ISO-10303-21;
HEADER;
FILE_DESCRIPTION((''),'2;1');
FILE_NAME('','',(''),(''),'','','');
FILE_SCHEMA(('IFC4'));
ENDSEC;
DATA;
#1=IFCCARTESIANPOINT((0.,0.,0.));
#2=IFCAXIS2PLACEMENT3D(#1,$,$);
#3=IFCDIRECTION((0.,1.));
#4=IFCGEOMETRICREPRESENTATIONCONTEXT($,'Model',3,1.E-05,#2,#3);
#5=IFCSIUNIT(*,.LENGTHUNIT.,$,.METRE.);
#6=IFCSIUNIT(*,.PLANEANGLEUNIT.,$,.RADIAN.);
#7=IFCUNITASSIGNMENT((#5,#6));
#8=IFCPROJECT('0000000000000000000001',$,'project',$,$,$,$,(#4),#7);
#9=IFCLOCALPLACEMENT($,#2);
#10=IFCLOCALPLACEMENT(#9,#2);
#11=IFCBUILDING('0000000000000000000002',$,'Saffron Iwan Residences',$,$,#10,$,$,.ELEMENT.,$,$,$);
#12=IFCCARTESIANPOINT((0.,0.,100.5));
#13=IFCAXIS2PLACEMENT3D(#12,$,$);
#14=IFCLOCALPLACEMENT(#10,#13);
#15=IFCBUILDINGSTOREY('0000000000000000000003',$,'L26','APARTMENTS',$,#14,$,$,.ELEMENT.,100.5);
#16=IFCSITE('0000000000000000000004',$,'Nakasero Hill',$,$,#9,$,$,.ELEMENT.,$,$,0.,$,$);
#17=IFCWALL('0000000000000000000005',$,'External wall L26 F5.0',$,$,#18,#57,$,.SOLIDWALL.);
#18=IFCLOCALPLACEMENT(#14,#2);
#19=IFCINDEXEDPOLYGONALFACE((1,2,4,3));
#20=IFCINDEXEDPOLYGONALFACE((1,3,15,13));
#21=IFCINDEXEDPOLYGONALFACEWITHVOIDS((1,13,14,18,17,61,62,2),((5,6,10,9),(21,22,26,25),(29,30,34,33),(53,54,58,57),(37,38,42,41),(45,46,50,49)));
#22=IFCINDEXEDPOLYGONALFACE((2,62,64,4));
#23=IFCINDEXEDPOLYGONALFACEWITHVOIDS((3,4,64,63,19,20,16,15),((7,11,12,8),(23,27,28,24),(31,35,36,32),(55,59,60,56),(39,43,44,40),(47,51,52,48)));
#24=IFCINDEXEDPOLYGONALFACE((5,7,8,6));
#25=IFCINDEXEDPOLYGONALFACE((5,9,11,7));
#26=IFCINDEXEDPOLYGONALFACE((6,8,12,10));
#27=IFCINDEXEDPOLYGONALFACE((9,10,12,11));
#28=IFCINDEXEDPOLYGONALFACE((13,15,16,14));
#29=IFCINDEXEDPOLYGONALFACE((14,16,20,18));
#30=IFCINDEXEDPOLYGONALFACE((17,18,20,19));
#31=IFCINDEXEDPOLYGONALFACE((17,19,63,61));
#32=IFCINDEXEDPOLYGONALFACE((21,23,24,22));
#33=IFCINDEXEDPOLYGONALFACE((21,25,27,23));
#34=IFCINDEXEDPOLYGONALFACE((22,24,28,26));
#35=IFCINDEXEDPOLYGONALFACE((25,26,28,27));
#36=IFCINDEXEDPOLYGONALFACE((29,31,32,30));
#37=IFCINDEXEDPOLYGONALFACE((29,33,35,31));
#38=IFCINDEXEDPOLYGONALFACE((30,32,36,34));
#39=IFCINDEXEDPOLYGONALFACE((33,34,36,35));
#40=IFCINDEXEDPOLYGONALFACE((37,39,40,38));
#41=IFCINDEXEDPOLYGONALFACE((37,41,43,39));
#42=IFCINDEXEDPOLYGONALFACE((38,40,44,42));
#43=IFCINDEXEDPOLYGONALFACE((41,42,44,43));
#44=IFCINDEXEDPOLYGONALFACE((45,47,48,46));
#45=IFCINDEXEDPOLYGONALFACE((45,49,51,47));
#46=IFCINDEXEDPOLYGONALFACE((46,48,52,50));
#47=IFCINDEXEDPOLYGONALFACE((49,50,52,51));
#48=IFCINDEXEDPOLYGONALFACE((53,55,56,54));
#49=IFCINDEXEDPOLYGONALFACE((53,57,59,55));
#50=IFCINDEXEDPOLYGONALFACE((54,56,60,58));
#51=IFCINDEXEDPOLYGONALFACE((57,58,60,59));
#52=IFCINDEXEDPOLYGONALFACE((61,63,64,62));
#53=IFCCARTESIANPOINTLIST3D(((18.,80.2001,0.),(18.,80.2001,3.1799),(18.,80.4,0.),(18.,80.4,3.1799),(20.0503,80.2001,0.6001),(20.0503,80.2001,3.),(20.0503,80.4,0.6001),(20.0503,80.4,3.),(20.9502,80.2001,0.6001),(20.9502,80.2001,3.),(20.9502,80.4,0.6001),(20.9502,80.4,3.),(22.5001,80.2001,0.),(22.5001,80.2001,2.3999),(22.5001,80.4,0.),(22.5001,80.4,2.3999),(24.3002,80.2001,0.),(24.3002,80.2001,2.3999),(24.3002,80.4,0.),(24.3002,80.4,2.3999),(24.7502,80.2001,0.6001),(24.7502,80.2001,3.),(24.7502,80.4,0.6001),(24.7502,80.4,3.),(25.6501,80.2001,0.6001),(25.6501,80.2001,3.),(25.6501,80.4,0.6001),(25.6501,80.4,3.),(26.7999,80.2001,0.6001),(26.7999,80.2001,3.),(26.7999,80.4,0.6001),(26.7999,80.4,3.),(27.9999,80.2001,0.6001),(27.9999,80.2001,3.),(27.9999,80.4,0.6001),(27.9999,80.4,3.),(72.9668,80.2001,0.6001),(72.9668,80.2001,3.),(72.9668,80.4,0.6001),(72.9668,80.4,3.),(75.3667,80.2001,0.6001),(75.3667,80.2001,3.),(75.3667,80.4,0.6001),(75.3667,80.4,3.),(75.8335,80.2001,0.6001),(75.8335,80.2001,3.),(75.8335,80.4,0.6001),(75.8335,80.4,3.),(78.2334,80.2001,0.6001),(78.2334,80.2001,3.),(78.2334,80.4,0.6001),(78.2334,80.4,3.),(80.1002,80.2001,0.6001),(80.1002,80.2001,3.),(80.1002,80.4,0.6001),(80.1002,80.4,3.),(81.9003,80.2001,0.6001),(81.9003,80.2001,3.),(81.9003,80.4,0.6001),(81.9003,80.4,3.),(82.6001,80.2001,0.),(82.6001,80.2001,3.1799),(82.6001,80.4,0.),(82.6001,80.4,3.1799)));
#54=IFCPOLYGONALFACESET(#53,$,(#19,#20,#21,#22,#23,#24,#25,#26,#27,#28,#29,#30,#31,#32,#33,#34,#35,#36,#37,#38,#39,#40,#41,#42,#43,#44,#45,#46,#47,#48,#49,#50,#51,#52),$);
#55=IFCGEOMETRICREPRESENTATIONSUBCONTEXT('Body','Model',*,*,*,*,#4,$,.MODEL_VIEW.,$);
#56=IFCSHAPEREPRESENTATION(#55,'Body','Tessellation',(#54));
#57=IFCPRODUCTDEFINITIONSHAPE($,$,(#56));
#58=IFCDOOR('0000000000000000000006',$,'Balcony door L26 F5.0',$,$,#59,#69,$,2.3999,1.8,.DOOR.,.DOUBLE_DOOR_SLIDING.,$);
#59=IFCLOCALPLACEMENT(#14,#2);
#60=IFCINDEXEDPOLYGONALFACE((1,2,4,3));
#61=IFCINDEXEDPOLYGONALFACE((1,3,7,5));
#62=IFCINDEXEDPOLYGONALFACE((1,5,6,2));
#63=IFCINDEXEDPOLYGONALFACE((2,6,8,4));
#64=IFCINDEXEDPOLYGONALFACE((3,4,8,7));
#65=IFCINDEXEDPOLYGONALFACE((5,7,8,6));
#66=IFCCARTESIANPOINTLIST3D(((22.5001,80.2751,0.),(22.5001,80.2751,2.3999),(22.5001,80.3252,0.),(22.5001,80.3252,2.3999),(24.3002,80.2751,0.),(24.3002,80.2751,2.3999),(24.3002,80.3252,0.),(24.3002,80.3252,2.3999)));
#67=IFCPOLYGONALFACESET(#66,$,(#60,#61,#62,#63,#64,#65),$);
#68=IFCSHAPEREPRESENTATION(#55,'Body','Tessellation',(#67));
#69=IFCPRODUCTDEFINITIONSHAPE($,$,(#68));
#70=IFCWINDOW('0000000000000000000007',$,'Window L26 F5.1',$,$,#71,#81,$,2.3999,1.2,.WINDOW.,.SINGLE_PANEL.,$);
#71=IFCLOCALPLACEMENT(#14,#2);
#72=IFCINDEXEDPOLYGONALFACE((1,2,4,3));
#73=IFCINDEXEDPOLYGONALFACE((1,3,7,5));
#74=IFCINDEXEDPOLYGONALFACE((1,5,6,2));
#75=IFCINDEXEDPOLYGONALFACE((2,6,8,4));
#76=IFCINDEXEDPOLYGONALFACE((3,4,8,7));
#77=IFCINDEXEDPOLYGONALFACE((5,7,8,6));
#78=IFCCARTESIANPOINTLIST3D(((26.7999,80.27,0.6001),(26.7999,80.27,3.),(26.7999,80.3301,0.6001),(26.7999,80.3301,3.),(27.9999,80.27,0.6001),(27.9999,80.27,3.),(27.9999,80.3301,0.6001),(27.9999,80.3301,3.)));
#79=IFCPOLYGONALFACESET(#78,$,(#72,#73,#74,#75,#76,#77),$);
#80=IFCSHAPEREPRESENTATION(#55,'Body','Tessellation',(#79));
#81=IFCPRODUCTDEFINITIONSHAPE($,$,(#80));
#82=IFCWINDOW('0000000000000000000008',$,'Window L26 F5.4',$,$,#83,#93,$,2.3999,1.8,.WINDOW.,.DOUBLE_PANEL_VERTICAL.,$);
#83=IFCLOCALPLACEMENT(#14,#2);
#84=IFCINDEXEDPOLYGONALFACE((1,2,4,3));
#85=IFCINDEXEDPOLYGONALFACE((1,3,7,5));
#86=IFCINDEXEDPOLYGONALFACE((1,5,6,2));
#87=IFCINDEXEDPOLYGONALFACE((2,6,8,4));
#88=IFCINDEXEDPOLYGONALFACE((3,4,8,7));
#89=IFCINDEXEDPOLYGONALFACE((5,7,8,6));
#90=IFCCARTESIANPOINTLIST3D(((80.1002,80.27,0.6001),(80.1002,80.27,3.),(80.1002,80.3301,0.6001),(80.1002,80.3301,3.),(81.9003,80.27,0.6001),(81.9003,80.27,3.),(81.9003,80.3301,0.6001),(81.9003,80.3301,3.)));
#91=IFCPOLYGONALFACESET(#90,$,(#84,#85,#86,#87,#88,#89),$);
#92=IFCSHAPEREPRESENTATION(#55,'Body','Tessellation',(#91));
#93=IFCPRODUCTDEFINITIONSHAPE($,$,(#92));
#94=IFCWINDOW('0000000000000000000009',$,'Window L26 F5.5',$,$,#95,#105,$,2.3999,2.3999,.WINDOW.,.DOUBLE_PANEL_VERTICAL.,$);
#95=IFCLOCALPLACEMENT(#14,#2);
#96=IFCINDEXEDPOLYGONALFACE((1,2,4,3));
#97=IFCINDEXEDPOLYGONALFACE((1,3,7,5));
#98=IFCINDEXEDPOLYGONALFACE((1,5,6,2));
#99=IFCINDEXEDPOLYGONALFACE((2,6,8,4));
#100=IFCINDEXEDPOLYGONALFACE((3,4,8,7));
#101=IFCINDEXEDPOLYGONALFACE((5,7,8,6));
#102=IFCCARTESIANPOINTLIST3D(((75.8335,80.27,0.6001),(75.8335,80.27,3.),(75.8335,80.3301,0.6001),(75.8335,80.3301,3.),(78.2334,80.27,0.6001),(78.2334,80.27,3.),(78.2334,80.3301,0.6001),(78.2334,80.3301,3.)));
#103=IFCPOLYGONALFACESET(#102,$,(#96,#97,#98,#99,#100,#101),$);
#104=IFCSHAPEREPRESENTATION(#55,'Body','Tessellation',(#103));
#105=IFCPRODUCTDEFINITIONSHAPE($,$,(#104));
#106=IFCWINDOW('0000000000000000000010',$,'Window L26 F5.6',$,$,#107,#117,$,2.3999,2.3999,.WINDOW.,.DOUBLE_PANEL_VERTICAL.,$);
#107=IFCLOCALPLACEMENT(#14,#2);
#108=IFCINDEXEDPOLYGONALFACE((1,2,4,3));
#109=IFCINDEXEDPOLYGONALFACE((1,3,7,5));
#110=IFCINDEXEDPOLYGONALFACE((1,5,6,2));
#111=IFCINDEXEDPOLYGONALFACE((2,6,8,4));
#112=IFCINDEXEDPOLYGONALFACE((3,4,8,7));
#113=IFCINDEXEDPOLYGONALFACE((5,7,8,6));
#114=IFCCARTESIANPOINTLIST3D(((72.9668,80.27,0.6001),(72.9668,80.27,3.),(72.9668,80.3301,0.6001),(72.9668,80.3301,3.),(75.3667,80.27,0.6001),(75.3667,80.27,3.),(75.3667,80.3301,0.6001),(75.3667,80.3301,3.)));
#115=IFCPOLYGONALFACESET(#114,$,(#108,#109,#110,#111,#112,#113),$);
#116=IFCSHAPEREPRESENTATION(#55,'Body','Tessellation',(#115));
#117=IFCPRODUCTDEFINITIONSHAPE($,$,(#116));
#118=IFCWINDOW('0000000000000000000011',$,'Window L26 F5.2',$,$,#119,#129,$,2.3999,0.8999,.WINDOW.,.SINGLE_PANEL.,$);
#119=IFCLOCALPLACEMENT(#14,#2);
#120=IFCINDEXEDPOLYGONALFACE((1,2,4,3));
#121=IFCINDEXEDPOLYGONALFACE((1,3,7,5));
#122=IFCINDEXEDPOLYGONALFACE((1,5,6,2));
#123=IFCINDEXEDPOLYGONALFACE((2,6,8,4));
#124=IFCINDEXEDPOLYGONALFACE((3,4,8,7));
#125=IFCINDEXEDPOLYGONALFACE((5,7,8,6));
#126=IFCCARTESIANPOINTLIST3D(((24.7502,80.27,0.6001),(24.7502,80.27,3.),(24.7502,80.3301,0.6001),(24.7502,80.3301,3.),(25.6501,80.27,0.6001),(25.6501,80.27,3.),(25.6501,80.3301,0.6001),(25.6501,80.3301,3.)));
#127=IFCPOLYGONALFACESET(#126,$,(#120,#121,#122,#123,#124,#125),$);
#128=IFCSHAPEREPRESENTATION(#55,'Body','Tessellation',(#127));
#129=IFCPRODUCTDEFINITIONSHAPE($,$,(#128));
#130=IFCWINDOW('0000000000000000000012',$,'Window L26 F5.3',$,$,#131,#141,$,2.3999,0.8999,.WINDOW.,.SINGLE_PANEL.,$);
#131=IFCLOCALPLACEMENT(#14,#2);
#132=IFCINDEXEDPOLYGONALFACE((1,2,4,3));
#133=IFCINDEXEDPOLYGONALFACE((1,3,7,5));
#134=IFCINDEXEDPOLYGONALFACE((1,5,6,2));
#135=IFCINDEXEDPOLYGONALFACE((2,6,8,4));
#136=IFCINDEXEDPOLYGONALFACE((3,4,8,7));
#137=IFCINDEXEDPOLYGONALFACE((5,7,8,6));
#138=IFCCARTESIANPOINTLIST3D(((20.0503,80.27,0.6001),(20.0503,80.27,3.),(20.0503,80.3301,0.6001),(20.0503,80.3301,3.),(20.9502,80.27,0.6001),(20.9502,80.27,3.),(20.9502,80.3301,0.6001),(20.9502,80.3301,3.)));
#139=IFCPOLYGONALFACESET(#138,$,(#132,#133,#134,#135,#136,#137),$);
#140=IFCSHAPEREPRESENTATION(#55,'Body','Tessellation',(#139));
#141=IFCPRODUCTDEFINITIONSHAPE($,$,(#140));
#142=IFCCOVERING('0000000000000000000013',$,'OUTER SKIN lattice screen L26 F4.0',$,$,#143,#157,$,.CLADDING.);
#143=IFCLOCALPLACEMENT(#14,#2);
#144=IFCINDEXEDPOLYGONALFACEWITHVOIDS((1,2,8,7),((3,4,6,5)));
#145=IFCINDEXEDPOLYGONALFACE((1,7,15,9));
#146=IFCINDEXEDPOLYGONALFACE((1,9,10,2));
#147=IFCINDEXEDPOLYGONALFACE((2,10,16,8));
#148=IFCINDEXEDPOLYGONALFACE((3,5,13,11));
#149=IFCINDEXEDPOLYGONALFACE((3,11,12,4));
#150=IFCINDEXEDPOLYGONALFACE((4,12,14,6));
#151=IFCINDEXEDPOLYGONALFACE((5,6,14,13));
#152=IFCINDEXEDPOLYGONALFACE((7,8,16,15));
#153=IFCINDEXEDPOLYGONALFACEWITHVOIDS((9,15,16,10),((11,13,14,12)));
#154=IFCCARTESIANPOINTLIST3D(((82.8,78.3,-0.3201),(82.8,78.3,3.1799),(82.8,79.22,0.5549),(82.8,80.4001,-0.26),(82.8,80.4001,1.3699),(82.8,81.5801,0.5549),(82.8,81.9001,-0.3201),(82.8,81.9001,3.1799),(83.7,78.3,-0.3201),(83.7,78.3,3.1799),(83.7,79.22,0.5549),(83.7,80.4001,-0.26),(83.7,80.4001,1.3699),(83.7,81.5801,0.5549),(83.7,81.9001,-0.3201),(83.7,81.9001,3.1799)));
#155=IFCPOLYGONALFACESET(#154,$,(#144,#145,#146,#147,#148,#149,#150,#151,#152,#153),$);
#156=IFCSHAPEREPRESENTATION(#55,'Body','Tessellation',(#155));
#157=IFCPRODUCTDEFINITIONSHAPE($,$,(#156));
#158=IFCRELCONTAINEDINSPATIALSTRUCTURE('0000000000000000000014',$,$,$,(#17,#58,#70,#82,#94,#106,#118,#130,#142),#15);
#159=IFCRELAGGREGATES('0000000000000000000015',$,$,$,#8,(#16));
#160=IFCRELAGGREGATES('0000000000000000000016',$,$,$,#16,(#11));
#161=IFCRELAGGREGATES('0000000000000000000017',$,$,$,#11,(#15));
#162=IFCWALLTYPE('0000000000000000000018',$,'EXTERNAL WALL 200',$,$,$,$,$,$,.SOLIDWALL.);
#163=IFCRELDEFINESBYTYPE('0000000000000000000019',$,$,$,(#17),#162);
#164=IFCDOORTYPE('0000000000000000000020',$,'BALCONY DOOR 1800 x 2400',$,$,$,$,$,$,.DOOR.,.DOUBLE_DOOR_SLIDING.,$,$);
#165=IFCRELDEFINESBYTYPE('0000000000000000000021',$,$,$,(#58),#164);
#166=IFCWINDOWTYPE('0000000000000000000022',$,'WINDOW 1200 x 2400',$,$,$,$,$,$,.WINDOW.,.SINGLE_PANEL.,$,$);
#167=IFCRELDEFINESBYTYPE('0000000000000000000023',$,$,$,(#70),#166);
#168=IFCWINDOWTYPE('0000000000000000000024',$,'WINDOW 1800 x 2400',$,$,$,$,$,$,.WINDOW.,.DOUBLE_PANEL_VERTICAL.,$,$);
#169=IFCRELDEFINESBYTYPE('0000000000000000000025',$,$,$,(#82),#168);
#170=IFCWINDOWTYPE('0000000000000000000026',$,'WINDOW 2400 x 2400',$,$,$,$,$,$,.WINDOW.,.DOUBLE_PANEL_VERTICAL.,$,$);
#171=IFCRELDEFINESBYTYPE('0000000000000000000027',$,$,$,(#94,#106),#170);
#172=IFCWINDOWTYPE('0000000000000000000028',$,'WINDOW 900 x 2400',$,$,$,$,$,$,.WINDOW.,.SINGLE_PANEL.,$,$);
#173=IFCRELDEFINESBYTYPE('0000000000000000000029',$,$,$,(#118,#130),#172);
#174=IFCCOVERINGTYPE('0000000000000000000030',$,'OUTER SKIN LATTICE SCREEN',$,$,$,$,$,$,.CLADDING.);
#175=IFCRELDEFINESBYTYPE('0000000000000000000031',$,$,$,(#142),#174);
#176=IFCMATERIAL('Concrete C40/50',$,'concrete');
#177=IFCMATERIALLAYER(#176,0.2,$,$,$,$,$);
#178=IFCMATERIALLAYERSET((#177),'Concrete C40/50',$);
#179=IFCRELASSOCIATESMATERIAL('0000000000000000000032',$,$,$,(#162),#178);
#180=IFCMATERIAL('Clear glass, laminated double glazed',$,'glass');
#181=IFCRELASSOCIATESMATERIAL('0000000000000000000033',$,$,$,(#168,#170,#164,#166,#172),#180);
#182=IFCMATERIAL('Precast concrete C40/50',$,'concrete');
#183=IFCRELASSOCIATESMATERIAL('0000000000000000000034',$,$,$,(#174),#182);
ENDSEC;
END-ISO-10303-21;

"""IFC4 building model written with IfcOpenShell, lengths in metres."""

from ifc_helpers import new_model, si_unit, direction, frame, frame_2d, origin, place, context, subcontext, project, spatial, polyline, rectangle, outline, extrude, material, layer, layer_set, type_object, element, fill, save


model = new_model("IFC4")

# Units and contexts
model_context = context("Model", 3, precision=1e-05, world=origin(), true_north=direction((0.0, 1.0)))
body_context = subcontext(model_context, "Body", "Model", "MODEL_VIEW")
ifc_project = project(units=[si_unit("LENGTHUNIT", "METRE"), si_unit("PLANEANGLEUNIT", "RADIAN")], contexts=[model_context])

# Site, building, storey
site_placement = place(None, origin())
site = spatial("IfcSite", under=ifc_project, at=site_placement, Name="Nakasero Hill", CompositionType="ELEMENT", RefElevation=0.0)
building_placement = place(site_placement, origin())
building = spatial("IfcBuilding", under=site, at=building_placement, Name="Saffron Iwan Residences", CompositionType="ELEMENT")
storey_placement = place(building_placement, frame((0.0, 0.0, 100.5)))
storey = spatial("IfcBuildingStorey", under=building, at=storey_placement, Name="L26", Description="APARTMENTS", CompositionType="ELEMENT", Elevation=100.5)

# Shared definitions
ifc_material_1 = material(Name="Concrete C40/50", Category="concrete")
ifc_layer = layer(ifc_material_1, 0.2)
ifc_layer_set = layer_set([ifc_layer], Name="Concrete C40/50")
wall_type = type_object("IfcWallType", Name="EXTERNAL WALL 200", PredefinedType="SOLIDWALL", material=ifc_layer_set)
ifc_material_2 = material(Name="Clear glass, laminated double glazed", Category="glass")
window_type_1 = type_object("IfcWindowType", Name="WINDOW 1800 x 2400", PartitioningType="DOUBLE_PANEL_VERTICAL", PredefinedType="WINDOW", material=ifc_material_2)
window_type_2 = type_object("IfcWindowType", Name="WINDOW 2400 x 2400", PartitioningType="DOUBLE_PANEL_VERTICAL", PredefinedType="WINDOW", material=ifc_material_2)

# Wall, openings, door, windows
wall_1_placement = place(storey_placement, frame((82.6001, 80.3, 0.0), z_axis=(0.0, 0.0, 1.0), x_axis=(-1.0, 0.0, 0.0)))
wall_1 = element("IfcWall", 1, at=wall_1_placement, inside=storey, type_object=wall_type, Name="External wall L26 F5.0", PredefinedType="SOLIDWALL", context=body_context, shape_type="SweptSolid", body=[
    extrude(rectangle(XDim=64.6001, YDim=0.2, at=frame_2d((32.3, 0.0))), origin(), (0.0, 0.0, 1.0), 3.1799),
])
opening_1_placement = place(wall_1_placement, frame((58.3, 0.0, 0.0)))
opening_1 = element("IfcOpeningElement", 2, at=opening_1_placement, cuts=wall_1, PredefinedType="OPENING", context=body_context, shape_type="SweptSolid", body=[
    extrude(rectangle(XDim=1.8, YDim=2.3999, at=frame_2d((0.8999, 1.2))), frame((0.0, 0.1099, 0.0), z_axis=(0.0, -1.0, 0.0), x_axis=(1.0, 0.0, 0.0)), (0.0, 0.0, 1.0), 0.22),
])
opening_2_placement = place(wall_1_placement, frame((54.6001, 0.0, 0.6001)))
opening_2 = element("IfcOpeningElement", 3, at=opening_2_placement, cuts=wall_1, PredefinedType="OPENING", context=body_context, shape_type="SweptSolid", body=[
    extrude(rectangle(XDim=1.2, YDim=2.3999, at=frame_2d((0.6001, 1.2))), frame((0.0, 0.1099, 0.0), z_axis=(0.0, -1.0, 0.0), x_axis=(1.0, 0.0, 0.0)), (0.0, 0.0, 1.0), 0.22),
])
opening_3_placement = place(wall_1_placement, frame((56.95, 0.0, 0.6001)))
opening_3 = element("IfcOpeningElement", 4, at=opening_3_placement, cuts=wall_1, PredefinedType="OPENING", context=body_context, shape_type="SweptSolid", body=[
    extrude(rectangle(XDim=0.8999, YDim=2.3999, at=frame_2d((0.45, 1.2))), frame((0.0, 0.1099, 0.0), z_axis=(0.0, -1.0, 0.0), x_axis=(1.0, 0.0, 0.0)), (0.0, 0.0, 1.0), 0.22),
])
opening_4_placement = place(wall_1_placement, frame((61.6499, 0.0, 0.6001)))
opening_4 = element("IfcOpeningElement", 5, at=opening_4_placement, cuts=wall_1, PredefinedType="OPENING", context=body_context, shape_type="SweptSolid", body=[
    extrude(rectangle(XDim=0.8999, YDim=2.3999, at=frame_2d((0.45, 1.2))), frame((0.0, 0.1099, 0.0), z_axis=(0.0, -1.0, 0.0), x_axis=(1.0, 0.0, 0.0)), (0.0, 0.0, 1.0), 0.22),
])
opening_5_placement = place(wall_1_placement, frame((0.7, 0.0, 0.6001)))
opening_5 = element("IfcOpeningElement", 6, at=opening_5_placement, cuts=wall_1, PredefinedType="OPENING", context=body_context, shape_type="SweptSolid", body=[
    extrude(rectangle(XDim=1.8, YDim=2.3999, at=frame_2d((0.8999, 1.2))), frame((0.0, 0.1099, 0.0), z_axis=(0.0, -1.0, 0.0), x_axis=(1.0, 0.0, 0.0)), (0.0, 0.0, 1.0), 0.22),
])
opening_6_placement = place(wall_1_placement, frame((4.3667, 0.0, 0.6001)))
opening_6 = element("IfcOpeningElement", 7, at=opening_6_placement, cuts=wall_1, PredefinedType="OPENING", context=body_context, shape_type="SweptSolid", body=[
    extrude(rectangle(XDim=2.3999, YDim=2.3999, at=frame_2d((1.2, 1.2))), frame((0.0, 0.1099, 0.0), z_axis=(0.0, -1.0, 0.0), x_axis=(1.0, 0.0, 0.0)), (0.0, 0.0, 1.0), 0.22),
])
opening_7_placement = place(wall_1_placement, frame((7.2334, 0.0, 0.6001)))
opening_7 = element("IfcOpeningElement", 8, at=opening_7_placement, cuts=wall_1, PredefinedType="OPENING", context=body_context, shape_type="SweptSolid", body=[
    extrude(rectangle(XDim=2.3999, YDim=2.3999, at=frame_2d((1.2, 1.2))), frame((0.0, 0.1099, 0.0), z_axis=(0.0, -1.0, 0.0), x_axis=(1.0, 0.0, 0.0)), (0.0, 0.0, 1.0), 0.22),
])
door_type = type_object("IfcDoorType", Name="BALCONY DOOR 1800 x 2400", OperationType="DOUBLE_DOOR_SLIDING", PredefinedType="DOOR", material=ifc_material_2)
door_placement = place(opening_1_placement, origin())
door = element("IfcDoor", 9, at=door_placement, inside=storey, type_object=door_type, Name="Balcony door L26 F5.0", OperationType="DOUBLE_DOOR_SLIDING", OverallHeight=2.3999, OverallWidth=1.8, PredefinedType="DOOR", context=body_context, shape_type="SweptSolid", body=[
    extrude(rectangle(XDim=1.8, YDim=2.3999, at=frame_2d((0.8999, 1.2))), frame((0.0, 0.0249, 0.0), z_axis=(0.0, -1.0, 0.0), x_axis=(1.0, 0.0, 0.0)), (0.0, 0.0, 1.0), 0.05),
])
fill(opening_1, door)
window_type_3 = type_object("IfcWindowType", Name="WINDOW 1200 x 2400", PartitioningType="SINGLE_PANEL", PredefinedType="WINDOW", material=ifc_material_2)
window_1_placement = place(opening_2_placement, origin())
window_1 = element("IfcWindow", 10, at=window_1_placement, inside=storey, type_object=window_type_3, Name="Window L26 F5.1", OverallHeight=2.3999, OverallWidth=1.2, PartitioningType="SINGLE_PANEL", PredefinedType="WINDOW", context=body_context, shape_type="SweptSolid", body=[
    extrude(rectangle(XDim=1.2, YDim=2.3999, at=frame_2d((0.6001, 1.2))), frame((0.0, 0.03, 0.0), z_axis=(0.0, -1.0, 0.0), x_axis=(1.0, 0.0, 0.0)), (0.0, 0.0, 1.0), 0.0601),
])
fill(opening_2, window_1)
window_2_placement = place(opening_5_placement, origin())
window_2 = element("IfcWindow", 11, at=window_2_placement, inside=storey, type_object=window_type_1, Name="Window L26 F5.4", OverallHeight=2.3999, OverallWidth=1.8, PartitioningType="DOUBLE_PANEL_VERTICAL", PredefinedType="WINDOW", context=body_context, shape_type="SweptSolid", body=[
    extrude(rectangle(XDim=1.8, YDim=2.3999, at=frame_2d((0.8999, 1.2))), frame((0.0, 0.03, 0.0), z_axis=(0.0, -1.0, 0.0), x_axis=(1.0, 0.0, 0.0)), (0.0, 0.0, 1.0), 0.0601),
])
fill(opening_5, window_2)
window_3_placement = place(opening_6_placement, origin())
window_3 = element("IfcWindow", 12, at=window_3_placement, inside=storey, type_object=window_type_2, Name="Window L26 F5.5", OverallHeight=2.3999, OverallWidth=2.3999, PartitioningType="DOUBLE_PANEL_VERTICAL", PredefinedType="WINDOW", context=body_context, shape_type="SweptSolid", body=[
    extrude(rectangle(XDim=2.3999, YDim=2.3999, at=frame_2d((1.2, 1.2))), frame((0.0, 0.03, 0.0), z_axis=(0.0, -1.0, 0.0), x_axis=(1.0, 0.0, 0.0)), (0.0, 0.0, 1.0), 0.0601),
])
fill(opening_6, window_3)
window_4_placement = place(opening_7_placement, origin())
window_4 = element("IfcWindow", 13, at=window_4_placement, inside=storey, type_object=window_type_2, Name="Window L26 F5.6", OverallHeight=2.3999, OverallWidth=2.3999, PartitioningType="DOUBLE_PANEL_VERTICAL", PredefinedType="WINDOW", context=body_context, shape_type="SweptSolid", body=[
    extrude(rectangle(XDim=2.3999, YDim=2.3999, at=frame_2d((1.2, 1.2))), frame((0.0, 0.03, 0.0), z_axis=(0.0, -1.0, 0.0), x_axis=(1.0, 0.0, 0.0)), (0.0, 0.0, 1.0), 0.0601),
])
fill(opening_7, window_4)
window_type_4 = type_object("IfcWindowType", Name="WINDOW 900 x 2400", PartitioningType="SINGLE_PANEL", PredefinedType="WINDOW", material=ifc_material_2)
window_5_placement = place(opening_3_placement, origin())
window_5 = element("IfcWindow", 14, at=window_5_placement, inside=storey, type_object=window_type_4, Name="Window L26 F5.2", OverallHeight=2.3999, OverallWidth=0.8999, PartitioningType="SINGLE_PANEL", PredefinedType="WINDOW", context=body_context, shape_type="SweptSolid", body=[
    extrude(rectangle(XDim=0.8999, YDim=2.3999, at=frame_2d((0.45, 1.2))), frame((0.0, 0.03, 0.0), z_axis=(0.0, -1.0, 0.0), x_axis=(1.0, 0.0, 0.0)), (0.0, 0.0, 1.0), 0.0601),
])
fill(opening_3, window_5)
window_6_placement = place(opening_4_placement, origin())
window_6 = element("IfcWindow", 15, at=window_6_placement, inside=storey, type_object=window_type_4, Name="Window L26 F5.3", OverallHeight=2.3999, OverallWidth=0.8999, PartitioningType="SINGLE_PANEL", PredefinedType="WINDOW", context=body_context, shape_type="SweptSolid", body=[
    extrude(rectangle(XDim=0.8999, YDim=2.3999, at=frame_2d((0.45, 1.2))), frame((0.0, 0.03, 0.0), z_axis=(0.0, -1.0, 0.0), x_axis=(1.0, 0.0, 0.0)), (0.0, 0.0, 1.0), 0.0601),
])
fill(opening_4, window_6)

# Covering
ifc_material_3 = material(Name="Precast concrete C40/50", Category="concrete")
covering_type_1 = type_object("IfcCoveringType", Name="OUTER SKIN LATTICE SCREEN", PredefinedType="CLADDING", material=ifc_material_3)
covering_1_placement = place(storey_placement, frame((82.8, 78.3, -0.3201), z_axis=(1.0, 0.0, 0.0), x_axis=(0.0, 1.0, 0.0)))
element("IfcCovering", 16, at=covering_1_placement, inside=storey, type_object=covering_type_1, Name="OUTER SKIN lattice screen L26 F4.0", PredefinedType="CLADDING", context=body_context, shape_type="SweptSolid", body=[
    extrude(outline(polyline([(0.0, 0.0), (3.6001, 0.0), (3.6001, 3.5), (0.0, 3.5), (0.0, 0.0)]), holes=[polyline([(0.9199, 0.875), (2.1001, 0.0601), (3.28, 0.875), (2.1001, 1.6899), (0.9199, 0.875)])]), origin(), (0.0, 0.0, 1.0), 0.8999),
])

save(model, "model.ifc")
